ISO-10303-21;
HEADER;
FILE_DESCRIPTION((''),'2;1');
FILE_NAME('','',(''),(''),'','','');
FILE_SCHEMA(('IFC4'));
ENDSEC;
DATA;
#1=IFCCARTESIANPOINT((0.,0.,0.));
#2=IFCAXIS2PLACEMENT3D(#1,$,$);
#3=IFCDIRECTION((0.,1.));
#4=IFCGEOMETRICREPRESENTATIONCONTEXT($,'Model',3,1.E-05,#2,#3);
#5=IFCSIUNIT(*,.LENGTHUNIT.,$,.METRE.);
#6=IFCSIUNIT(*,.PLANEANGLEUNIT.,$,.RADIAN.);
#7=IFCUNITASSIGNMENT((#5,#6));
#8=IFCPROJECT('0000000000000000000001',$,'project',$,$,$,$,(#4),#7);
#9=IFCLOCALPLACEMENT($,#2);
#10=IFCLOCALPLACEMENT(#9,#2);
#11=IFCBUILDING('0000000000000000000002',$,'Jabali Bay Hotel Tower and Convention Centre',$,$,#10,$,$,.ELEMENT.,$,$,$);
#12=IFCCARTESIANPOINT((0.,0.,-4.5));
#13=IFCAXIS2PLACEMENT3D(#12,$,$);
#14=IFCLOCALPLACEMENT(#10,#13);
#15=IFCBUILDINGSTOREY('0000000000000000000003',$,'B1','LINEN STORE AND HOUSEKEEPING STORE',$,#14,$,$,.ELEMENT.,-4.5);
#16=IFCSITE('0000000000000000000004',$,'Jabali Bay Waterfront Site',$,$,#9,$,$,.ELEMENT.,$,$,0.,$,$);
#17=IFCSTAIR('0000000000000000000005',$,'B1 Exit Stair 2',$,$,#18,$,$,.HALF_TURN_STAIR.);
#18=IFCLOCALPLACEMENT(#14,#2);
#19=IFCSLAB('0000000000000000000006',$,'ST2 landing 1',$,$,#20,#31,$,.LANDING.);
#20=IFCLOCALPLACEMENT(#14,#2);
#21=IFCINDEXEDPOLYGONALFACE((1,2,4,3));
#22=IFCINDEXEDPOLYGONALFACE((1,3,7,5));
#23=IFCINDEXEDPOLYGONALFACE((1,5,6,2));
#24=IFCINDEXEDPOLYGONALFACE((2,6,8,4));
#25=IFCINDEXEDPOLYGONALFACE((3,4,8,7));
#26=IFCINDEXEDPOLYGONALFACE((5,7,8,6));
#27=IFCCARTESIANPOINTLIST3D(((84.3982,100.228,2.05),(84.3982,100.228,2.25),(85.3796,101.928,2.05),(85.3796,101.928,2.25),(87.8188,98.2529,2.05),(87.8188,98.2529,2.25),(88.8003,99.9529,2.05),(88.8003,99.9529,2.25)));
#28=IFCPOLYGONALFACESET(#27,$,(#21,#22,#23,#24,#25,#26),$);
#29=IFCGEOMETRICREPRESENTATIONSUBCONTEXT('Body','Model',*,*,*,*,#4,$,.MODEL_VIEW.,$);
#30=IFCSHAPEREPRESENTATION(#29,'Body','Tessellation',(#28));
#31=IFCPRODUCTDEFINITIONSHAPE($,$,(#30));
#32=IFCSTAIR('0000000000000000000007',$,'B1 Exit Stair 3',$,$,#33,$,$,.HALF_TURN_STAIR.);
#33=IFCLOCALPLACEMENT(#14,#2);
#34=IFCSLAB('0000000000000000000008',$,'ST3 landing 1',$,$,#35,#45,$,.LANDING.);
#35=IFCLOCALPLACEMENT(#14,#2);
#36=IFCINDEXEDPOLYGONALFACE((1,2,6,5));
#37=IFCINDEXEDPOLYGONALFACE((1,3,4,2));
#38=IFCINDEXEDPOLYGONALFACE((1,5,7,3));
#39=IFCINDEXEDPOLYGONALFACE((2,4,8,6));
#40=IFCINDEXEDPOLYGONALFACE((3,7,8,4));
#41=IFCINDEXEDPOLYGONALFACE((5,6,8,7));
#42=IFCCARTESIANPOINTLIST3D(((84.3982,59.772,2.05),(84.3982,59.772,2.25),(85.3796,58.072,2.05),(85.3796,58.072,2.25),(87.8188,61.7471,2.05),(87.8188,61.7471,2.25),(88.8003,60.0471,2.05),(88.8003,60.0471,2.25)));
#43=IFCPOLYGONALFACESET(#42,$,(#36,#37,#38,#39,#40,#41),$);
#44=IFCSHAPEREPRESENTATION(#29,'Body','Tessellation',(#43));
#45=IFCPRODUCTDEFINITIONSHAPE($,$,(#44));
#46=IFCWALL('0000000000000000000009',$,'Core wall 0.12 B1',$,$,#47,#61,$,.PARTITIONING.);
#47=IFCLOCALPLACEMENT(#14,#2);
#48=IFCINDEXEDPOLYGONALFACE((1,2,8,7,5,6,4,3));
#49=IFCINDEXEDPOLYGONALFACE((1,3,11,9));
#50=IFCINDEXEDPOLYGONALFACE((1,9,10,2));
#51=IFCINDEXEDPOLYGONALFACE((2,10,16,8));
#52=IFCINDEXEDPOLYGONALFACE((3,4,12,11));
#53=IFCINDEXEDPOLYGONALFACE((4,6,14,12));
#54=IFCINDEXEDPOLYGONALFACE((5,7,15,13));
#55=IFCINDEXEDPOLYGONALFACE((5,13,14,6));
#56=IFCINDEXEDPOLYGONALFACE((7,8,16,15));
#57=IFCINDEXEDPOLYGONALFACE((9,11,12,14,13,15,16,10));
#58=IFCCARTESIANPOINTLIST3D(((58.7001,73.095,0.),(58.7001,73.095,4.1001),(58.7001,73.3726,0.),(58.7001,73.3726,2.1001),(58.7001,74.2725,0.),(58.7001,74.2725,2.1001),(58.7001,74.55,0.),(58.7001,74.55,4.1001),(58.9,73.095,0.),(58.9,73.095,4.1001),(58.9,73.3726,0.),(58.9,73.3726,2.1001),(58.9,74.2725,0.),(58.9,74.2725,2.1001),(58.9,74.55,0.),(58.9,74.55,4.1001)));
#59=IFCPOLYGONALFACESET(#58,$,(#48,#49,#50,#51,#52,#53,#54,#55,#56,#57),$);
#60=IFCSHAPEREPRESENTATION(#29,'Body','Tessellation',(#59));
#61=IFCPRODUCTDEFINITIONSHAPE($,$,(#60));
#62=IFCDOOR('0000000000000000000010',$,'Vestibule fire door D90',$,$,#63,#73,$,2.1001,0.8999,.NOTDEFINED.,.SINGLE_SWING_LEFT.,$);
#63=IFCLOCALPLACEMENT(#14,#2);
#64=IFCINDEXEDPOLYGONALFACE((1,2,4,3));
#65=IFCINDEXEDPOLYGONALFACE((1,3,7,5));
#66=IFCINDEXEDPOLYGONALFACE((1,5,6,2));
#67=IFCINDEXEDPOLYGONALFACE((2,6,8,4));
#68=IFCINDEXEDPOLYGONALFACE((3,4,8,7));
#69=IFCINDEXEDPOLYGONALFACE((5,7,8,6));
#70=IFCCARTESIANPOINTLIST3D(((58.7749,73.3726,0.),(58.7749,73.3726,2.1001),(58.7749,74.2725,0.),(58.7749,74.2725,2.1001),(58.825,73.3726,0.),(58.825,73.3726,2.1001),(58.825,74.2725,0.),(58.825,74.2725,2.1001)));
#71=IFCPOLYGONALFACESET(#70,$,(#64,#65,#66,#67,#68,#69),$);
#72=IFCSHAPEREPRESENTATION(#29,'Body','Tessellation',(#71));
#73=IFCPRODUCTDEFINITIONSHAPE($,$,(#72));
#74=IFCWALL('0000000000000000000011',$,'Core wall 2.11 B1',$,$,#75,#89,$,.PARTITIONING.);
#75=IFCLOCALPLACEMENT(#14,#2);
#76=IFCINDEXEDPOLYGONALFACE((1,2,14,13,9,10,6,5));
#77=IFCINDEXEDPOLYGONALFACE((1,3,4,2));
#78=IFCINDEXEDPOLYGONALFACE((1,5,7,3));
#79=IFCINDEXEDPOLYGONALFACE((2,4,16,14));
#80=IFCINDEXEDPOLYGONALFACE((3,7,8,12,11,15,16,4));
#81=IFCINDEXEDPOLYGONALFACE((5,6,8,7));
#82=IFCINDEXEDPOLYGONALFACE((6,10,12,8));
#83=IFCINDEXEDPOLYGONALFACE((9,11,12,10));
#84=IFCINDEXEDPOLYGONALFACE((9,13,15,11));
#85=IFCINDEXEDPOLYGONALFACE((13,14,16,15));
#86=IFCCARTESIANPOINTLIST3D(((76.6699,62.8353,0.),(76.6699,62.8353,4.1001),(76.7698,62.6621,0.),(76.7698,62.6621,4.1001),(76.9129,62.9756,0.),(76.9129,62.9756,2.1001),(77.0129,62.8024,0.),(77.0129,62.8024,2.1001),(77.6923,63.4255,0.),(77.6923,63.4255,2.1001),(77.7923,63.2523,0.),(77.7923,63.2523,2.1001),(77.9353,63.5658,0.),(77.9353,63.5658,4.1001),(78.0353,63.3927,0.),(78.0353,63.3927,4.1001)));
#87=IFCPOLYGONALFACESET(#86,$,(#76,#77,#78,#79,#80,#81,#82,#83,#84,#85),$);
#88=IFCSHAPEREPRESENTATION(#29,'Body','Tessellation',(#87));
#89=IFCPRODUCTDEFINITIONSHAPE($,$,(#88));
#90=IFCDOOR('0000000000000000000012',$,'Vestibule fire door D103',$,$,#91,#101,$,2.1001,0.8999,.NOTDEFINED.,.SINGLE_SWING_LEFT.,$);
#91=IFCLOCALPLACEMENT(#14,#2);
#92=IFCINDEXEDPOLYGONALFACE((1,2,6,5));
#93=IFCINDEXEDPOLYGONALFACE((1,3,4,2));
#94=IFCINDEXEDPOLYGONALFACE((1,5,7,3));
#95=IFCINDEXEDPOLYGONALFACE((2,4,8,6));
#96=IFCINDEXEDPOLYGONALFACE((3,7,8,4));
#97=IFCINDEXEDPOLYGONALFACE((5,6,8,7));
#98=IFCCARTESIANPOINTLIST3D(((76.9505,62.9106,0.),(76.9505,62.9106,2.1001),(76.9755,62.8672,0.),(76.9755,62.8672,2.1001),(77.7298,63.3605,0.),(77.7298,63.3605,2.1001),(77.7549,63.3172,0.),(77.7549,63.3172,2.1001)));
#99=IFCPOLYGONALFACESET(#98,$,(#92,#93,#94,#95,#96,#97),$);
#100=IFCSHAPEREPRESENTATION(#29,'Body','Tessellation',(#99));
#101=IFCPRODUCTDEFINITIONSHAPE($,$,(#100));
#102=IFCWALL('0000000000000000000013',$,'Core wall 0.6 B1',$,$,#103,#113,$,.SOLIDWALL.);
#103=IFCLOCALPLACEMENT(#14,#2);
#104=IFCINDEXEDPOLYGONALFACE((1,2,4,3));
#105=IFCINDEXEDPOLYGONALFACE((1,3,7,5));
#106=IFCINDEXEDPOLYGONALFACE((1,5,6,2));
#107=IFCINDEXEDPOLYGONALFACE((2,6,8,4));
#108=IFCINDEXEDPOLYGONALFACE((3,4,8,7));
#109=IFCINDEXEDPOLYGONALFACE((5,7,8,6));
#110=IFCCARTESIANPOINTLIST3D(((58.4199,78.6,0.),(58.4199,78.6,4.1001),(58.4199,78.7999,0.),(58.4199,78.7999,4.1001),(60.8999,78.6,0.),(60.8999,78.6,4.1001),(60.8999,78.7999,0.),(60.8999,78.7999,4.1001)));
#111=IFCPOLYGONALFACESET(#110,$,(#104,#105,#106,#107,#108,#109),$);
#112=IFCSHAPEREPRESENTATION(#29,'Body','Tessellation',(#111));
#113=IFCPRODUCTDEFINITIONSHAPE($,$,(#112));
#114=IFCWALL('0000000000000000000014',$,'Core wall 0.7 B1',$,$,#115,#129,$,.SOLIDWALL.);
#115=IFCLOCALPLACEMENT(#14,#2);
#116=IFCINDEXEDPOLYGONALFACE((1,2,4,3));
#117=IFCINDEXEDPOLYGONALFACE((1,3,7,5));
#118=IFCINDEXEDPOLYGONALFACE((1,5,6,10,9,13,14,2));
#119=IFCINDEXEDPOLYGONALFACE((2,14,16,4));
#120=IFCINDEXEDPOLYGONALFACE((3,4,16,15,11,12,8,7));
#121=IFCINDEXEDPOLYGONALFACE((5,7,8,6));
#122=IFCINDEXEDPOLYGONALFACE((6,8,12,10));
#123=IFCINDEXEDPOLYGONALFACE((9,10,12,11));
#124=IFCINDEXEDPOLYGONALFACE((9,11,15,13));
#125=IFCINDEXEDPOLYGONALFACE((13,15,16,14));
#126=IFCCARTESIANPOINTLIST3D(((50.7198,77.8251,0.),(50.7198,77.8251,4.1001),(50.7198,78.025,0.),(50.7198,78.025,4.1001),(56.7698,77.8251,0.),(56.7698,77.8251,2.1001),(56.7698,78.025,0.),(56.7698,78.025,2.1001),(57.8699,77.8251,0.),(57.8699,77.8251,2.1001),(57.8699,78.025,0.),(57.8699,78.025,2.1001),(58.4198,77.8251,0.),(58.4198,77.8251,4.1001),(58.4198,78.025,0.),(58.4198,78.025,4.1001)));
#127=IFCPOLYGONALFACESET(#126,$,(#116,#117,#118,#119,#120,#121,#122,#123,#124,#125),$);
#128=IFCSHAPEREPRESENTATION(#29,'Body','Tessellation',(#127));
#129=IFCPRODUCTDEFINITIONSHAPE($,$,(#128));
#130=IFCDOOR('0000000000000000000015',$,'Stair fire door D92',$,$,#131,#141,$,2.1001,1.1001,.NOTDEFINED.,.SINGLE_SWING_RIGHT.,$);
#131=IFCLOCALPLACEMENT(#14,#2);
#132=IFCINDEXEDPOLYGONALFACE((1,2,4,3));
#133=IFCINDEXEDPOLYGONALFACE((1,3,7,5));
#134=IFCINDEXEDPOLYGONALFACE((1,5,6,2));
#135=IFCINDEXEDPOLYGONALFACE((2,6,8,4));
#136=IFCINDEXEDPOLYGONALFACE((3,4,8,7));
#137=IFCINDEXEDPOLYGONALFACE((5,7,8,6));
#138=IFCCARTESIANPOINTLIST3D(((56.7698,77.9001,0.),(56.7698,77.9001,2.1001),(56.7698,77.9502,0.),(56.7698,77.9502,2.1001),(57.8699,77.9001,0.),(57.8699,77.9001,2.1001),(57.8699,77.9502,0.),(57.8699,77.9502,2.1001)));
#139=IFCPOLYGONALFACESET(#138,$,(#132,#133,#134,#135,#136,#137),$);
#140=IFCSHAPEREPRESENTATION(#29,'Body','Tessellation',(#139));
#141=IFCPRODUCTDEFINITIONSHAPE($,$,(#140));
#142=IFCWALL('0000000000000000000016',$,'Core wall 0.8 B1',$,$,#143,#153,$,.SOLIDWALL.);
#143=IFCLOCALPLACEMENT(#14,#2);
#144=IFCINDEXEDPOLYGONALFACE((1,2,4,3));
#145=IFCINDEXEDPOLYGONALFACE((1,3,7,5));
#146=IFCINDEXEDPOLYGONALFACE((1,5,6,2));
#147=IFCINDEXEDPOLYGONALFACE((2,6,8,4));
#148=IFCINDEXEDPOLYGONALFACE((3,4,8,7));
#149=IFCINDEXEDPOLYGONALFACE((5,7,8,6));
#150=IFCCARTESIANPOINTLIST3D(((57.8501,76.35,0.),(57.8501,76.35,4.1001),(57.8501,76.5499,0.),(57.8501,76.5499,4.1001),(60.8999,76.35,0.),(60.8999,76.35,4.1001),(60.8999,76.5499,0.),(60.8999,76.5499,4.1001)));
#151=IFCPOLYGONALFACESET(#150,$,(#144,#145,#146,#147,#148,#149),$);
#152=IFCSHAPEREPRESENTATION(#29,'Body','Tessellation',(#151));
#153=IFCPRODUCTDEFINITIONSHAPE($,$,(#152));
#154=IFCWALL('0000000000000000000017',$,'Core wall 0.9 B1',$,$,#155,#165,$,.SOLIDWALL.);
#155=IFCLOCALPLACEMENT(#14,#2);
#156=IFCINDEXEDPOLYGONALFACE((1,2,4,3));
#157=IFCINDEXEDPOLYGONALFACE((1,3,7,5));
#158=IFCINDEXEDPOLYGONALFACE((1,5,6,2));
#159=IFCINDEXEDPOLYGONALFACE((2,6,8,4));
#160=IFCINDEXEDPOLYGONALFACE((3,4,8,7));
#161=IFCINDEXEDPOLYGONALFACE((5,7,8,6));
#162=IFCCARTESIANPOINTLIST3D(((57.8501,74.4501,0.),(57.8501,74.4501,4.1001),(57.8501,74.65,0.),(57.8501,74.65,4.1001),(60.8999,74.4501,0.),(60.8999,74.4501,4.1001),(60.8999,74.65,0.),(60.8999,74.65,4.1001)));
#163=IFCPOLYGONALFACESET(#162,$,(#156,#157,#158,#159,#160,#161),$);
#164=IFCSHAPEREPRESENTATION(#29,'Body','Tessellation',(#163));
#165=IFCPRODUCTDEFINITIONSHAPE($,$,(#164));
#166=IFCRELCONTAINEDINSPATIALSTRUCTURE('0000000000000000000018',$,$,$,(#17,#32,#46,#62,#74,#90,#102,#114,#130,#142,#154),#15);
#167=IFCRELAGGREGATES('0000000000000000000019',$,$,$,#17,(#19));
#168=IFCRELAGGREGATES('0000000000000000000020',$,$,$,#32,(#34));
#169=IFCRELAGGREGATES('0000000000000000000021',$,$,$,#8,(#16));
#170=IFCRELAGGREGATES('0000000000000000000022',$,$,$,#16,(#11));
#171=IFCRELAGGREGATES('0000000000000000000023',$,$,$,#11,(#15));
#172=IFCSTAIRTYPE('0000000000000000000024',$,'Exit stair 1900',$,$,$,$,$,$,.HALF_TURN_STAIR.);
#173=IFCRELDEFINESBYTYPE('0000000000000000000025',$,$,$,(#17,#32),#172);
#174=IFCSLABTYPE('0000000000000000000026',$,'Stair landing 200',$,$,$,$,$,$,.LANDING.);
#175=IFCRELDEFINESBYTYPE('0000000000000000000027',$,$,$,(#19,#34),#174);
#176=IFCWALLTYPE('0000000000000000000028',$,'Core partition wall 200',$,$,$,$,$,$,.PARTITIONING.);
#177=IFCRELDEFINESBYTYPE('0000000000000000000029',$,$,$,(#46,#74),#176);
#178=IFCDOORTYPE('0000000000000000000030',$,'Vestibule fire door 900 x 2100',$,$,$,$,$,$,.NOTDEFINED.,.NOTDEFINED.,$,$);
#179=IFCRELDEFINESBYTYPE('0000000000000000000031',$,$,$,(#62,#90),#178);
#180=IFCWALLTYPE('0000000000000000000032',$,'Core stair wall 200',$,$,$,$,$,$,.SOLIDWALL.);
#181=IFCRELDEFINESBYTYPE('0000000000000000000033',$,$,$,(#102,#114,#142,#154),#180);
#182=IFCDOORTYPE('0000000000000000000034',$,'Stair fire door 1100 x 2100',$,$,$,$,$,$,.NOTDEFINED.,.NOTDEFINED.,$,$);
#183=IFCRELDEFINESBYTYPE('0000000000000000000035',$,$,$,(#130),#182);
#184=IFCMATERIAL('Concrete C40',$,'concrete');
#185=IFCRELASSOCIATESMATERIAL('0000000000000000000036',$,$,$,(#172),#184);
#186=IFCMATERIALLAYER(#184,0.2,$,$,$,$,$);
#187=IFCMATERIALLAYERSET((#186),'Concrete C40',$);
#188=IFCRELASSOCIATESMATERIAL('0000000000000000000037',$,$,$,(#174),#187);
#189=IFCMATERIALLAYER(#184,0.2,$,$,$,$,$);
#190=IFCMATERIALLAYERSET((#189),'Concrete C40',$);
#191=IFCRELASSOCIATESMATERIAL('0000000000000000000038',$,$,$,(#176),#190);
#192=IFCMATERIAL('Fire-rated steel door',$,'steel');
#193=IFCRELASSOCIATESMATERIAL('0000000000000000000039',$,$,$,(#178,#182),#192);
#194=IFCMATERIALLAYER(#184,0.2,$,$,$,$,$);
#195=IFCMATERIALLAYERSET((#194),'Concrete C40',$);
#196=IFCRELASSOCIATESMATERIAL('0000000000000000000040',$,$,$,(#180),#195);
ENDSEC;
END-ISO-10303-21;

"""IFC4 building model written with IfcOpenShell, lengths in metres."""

from ifc_helpers import new_model, si_unit, direction, frame, frame_2d, origin, place, context, subcontext, project, spatial, polyline, rectangle, outline, extrude, material, layer, layer_set, type_object, element, fill, aggregate, save


model = new_model("IFC4")

# Units and contexts
model_context = context("Model", 3, precision=1e-05, world=origin(), true_north=direction((0.0, 1.0)))
body_context = subcontext(model_context, "Body", "Model", "MODEL_VIEW")
ifc_project = project(units=[si_unit("LENGTHUNIT", "METRE"), si_unit("PLANEANGLEUNIT", "RADIAN")], contexts=[model_context])

# Site, building, storey
site_placement = place(None, origin())
site = spatial("IfcSite", under=ifc_project, at=site_placement, Name="Jabali Bay Waterfront Site", CompositionType="ELEMENT", RefElevation=0.0)
building_placement = place(site_placement, origin())
building = spatial("IfcBuilding", under=site, at=building_placement, Name="Jabali Bay Hotel Tower and Convention Centre", CompositionType="ELEMENT")
storey_placement = place(building_placement, frame((0.0, 0.0, -4.5)))
storey = spatial("IfcBuildingStorey", under=building, at=storey_placement, Name="B1", Description="LINEN STORE AND HOUSEKEEPING STORE", CompositionType="ELEMENT", Elevation=-4.5)

# Shared definitions
ifc_material_1 = material(Name="Concrete C40", Category="concrete")

# Stairs, slabs
stair_type = type_object("IfcStairType", Name="Exit stair 1900", PredefinedType="HALF_TURN_STAIR", material=ifc_material_1)
ifc_layer_1 = layer(ifc_material_1, 0.2)
ifc_layer_set_1 = layer_set([ifc_layer_1], Name="Concrete C40")
slab_type_1 = type_object("IfcSlabType", Name="Stair landing 200", PredefinedType="LANDING", material=ifc_layer_set_1)
stair_1_placement = place(storey_placement, origin())
stair_1 = element("IfcStair", 1, at=stair_1_placement, inside=storey, type_object=stair_type, Name="B1 Exit Stair 2", PredefinedType="HALF_TURN_STAIR")
slab_1_placement = place(storey_placement, frame((0.0, 0.0, 2.05)))
slab_1 = element("IfcSlab", 2, at=slab_1_placement, type_object=slab_type_1, Name="ST2 landing 1", PredefinedType="LANDING", context=body_context, shape_type="SweptSolid", body=[
    extrude(outline(polyline([(87.8188, 98.2529), (88.8003, 99.9529), (85.3796, 101.928), (84.3982, 100.228), (87.8188, 98.2529)])), origin(), (0.0, 0.0, 1.0), 0.2),
])
aggregate(stair_1, [slab_1])
stair_2_placement = place(storey_placement, origin())
stair_2 = element("IfcStair", 3, at=stair_2_placement, inside=storey, type_object=stair_type, Name="B1 Exit Stair 3", PredefinedType="HALF_TURN_STAIR")
slab_2_placement = place(storey_placement, frame((0.0, 0.0, 2.05)))
slab_2 = element("IfcSlab", 4, at=slab_2_placement, type_object=slab_type_1, Name="ST3 landing 1", PredefinedType="LANDING", context=body_context, shape_type="SweptSolid", body=[
    extrude(outline(polyline([(84.3982, 59.772), (85.3796, 58.072), (88.8003, 60.0471), (87.8188, 61.7471), (84.3982, 59.772)])), origin(), (0.0, 0.0, 1.0), 0.2),
])
aggregate(stair_2, [slab_2])

# Walls, openings, doors
ifc_layer_2 = layer(ifc_material_1, 0.2)
ifc_layer_set_2 = layer_set([ifc_layer_2], Name="Concrete C40")
wall_type_1 = type_object("IfcWallType", Name="Core partition wall 200", PredefinedType="PARTITIONING", material=ifc_layer_set_2)
wall_1_placement = place(storey_placement, frame((58.8, 74.55, 0.0), z_axis=(0.0, 0.0, 1.0), x_axis=(0.0, -1.0, 0.0)))
wall_1 = element("IfcWall", 5, at=wall_1_placement, inside=storey, type_object=wall_type_1, Name="Core wall 0.12 B1", PredefinedType="PARTITIONING", context=body_context, shape_type="SweptSolid", body=[
    extrude(rectangle(XDim=1.4551, YDim=0.2, at=frame_2d((0.7275, 0.0))), origin(), (0.0, 0.0, 1.0), 4.1001),
])
opening_1_placement = place(wall_1_placement, frame((0.2776, 0.0, 0.0)))
opening_1 = element("IfcOpeningElement", 6, at=opening_1_placement, cuts=wall_1, PredefinedType="OPENING", context=body_context, shape_type="SweptSolid", body=[
    extrude(rectangle(XDim=0.8999, YDim=2.1001, at=frame_2d((0.45, 1.05))), frame((0.0, 0.1104, 0.0), z_axis=(0.0, -1.0, 0.0), x_axis=(1.0, 0.0, 0.0)), (0.0, 0.0, 1.0), 0.2209),
])
ifc_material_2 = material(Name="Fire-rated steel door", Category="steel")
door_type_1 = type_object("IfcDoorType", Name="Vestibule fire door 900 x 2100", OperationType="NOTDEFINED", PredefinedType="NOTDEFINED", material=ifc_material_2)
door_1_placement = place(opening_1_placement, origin())
door_1 = element("IfcDoor", 7, at=door_1_placement, inside=storey, type_object=door_type_1, Name="Vestibule fire door D90", OperationType="SINGLE_SWING_LEFT", OverallHeight=2.1001, OverallWidth=0.8999, PredefinedType="NOTDEFINED", context=body_context, shape_type="SweptSolid", body=[
    extrude(rectangle(XDim=0.8999, YDim=2.1001, at=frame_2d((0.45, 1.05))), frame((0.0, 0.0249, 0.0), z_axis=(0.0, -1.0, 0.0), x_axis=(1.0, 0.0, 0.0)), (0.0, 0.0, 1.0), 0.05),
])
fill(opening_1, door_1)
wall_2_placement = place(storey_placement, frame((76.72, 62.7488, 0.0), z_axis=(0.0, 0.0, 1.0), x_axis=(0.866055, 0.499949, 0.0)))
wall_2 = element("IfcWall", 8, at=wall_2_placement, inside=storey, type_object=wall_type_1, Name="Core wall 2.11 B1", PredefinedType="PARTITIONING", context=body_context, shape_type="SweptSolid", body=[
    extrude(rectangle(XDim=1.4612, YDim=0.2, at=frame_2d((0.7305, 0.0))), origin(), (0.0, 0.0, 1.0), 4.1001),
])
opening_2_placement = place(wall_2_placement, frame((0.2805, 0.0, 0.0)))
opening_2 = element("IfcOpeningElement", 9, at=opening_2_placement, cuts=wall_2, PredefinedType="OPENING", context=body_context, shape_type="SweptSolid", body=[
    extrude(rectangle(XDim=0.8999, YDim=2.1001, at=frame_2d((0.45, 1.05))), frame((0.0, 0.1104, 0.0), z_axis=(0.0, -1.0, 0.0), x_axis=(1.0, 0.0, 0.0)), (0.0, 0.0, 1.0), 0.2209),
])
door_2_placement = place(opening_2_placement, origin())
door_2 = element("IfcDoor", 10, at=door_2_placement, inside=storey, type_object=door_type_1, Name="Vestibule fire door D103", OperationType="SINGLE_SWING_LEFT", OverallHeight=2.1001, OverallWidth=0.8999, PredefinedType="NOTDEFINED", context=body_context, shape_type="SweptSolid", body=[
    extrude(rectangle(XDim=0.8999, YDim=2.1001, at=frame_2d((0.45, 1.05))), frame((0.0, 0.0249, 0.0), z_axis=(0.0, -1.0, 0.0), x_axis=(1.0, 0.0, 0.0)), (0.0, 0.0, 1.0), 0.05),
])
fill(opening_2, door_2)

# Wall
ifc_layer_3 = layer(ifc_material_1, 0.2)
ifc_layer_set_3 = layer_set([ifc_layer_3], Name="Concrete C40")
wall_type_2 = type_object("IfcWallType", Name="Core stair wall 200", PredefinedType="SOLIDWALL", material=ifc_layer_set_3)
wall_3_placement = place(storey_placement, frame((60.8999, 78.7, 0.0), z_axis=(0.0, 0.0, 1.0), x_axis=(-1.0, 0.0, 0.0)))
element("IfcWall", 11, at=wall_3_placement, inside=storey, type_object=wall_type_2, Name="Core wall 0.6 B1", PredefinedType="SOLIDWALL", context=body_context, shape_type="SweptSolid", body=[
    extrude(rectangle(XDim=2.48, YDim=0.2, at=frame_2d((1.24, 0.0))), origin(), (0.0, 0.0, 1.0), 4.1001),
])

# Wall, opening, door
wall_4_placement = place(storey_placement, frame((58.4199, 77.925, 0.0), z_axis=(0.0, 0.0, 1.0), x_axis=(-1.0, 0.0, 0.0)))
wall_4 = element("IfcWall", 12, at=wall_4_placement, inside=storey, type_object=wall_type_2, Name="Core wall 0.7 B1", PredefinedType="SOLIDWALL", context=body_context, shape_type="SweptSolid", body=[
    extrude(rectangle(XDim=7.7, YDim=0.2, at=frame_2d((3.8501, 0.0))), origin(), (0.0, 0.0, 1.0), 4.1001),
])
opening_3_placement = place(wall_4_placement, frame((0.55, 0.0, 0.0)))
opening_3 = element("IfcOpeningElement", 13, at=opening_3_placement, cuts=wall_4, PredefinedType="OPENING", context=body_context, shape_type="SweptSolid", body=[
    extrude(rectangle(XDim=1.1001, YDim=2.1001, at=frame_2d((0.55, 1.05))), frame((0.0, 0.1104, 0.0), z_axis=(0.0, -1.0, 0.0), x_axis=(1.0, 0.0, 0.0)), (0.0, 0.0, 1.0), 0.2209),
])
door_type_2 = type_object("IfcDoorType", Name="Stair fire door 1100 x 2100", OperationType="NOTDEFINED", PredefinedType="NOTDEFINED", material=ifc_material_2)
door_3_placement = place(opening_3_placement, origin())
door_3 = element("IfcDoor", 14, at=door_3_placement, inside=storey, type_object=door_type_2, Name="Stair fire door D92", OperationType="SINGLE_SWING_RIGHT", OverallHeight=2.1001, OverallWidth=1.1001, PredefinedType="NOTDEFINED", context=body_context, shape_type="SweptSolid", body=[
    extrude(rectangle(XDim=1.1001, YDim=2.1001, at=frame_2d((0.55, 1.05))), frame((0.0, 0.0249, 0.0), z_axis=(0.0, -1.0, 0.0), x_axis=(1.0, 0.0, 0.0)), (0.0, 0.0, 1.0), 0.05),
])
fill(opening_3, door_3)

# Walls
for number, where, z_axis, x_axis, name in (
    (15, (60.8999, 76.45, 0.0), (0.0, 0.0, 1.0), (-1.0, 0.0, 0.0), "Core wall 0.8 B1"),
    (16, (60.8999, 74.55, 0.0), (0.0, 0.0, 1.0), (-1.0, 0.0, 0.0), "Core wall 0.9 B1"),
):
    element("IfcWall", number, at=place(storey_placement, frame(where, z_axis=z_axis, x_axis=x_axis)), inside=storey, type_object=wall_type_2, Name=name, PredefinedType="SOLIDWALL", context=body_context, shape_type="SweptSolid", body=[
        extrude(rectangle(XDim=3.0498, YDim=0.2, at=frame_2d((1.5249, 0.0))), origin(), (0.0, 0.0, 1.0), 4.1001),
    ])

save(model, "model.ifc")
